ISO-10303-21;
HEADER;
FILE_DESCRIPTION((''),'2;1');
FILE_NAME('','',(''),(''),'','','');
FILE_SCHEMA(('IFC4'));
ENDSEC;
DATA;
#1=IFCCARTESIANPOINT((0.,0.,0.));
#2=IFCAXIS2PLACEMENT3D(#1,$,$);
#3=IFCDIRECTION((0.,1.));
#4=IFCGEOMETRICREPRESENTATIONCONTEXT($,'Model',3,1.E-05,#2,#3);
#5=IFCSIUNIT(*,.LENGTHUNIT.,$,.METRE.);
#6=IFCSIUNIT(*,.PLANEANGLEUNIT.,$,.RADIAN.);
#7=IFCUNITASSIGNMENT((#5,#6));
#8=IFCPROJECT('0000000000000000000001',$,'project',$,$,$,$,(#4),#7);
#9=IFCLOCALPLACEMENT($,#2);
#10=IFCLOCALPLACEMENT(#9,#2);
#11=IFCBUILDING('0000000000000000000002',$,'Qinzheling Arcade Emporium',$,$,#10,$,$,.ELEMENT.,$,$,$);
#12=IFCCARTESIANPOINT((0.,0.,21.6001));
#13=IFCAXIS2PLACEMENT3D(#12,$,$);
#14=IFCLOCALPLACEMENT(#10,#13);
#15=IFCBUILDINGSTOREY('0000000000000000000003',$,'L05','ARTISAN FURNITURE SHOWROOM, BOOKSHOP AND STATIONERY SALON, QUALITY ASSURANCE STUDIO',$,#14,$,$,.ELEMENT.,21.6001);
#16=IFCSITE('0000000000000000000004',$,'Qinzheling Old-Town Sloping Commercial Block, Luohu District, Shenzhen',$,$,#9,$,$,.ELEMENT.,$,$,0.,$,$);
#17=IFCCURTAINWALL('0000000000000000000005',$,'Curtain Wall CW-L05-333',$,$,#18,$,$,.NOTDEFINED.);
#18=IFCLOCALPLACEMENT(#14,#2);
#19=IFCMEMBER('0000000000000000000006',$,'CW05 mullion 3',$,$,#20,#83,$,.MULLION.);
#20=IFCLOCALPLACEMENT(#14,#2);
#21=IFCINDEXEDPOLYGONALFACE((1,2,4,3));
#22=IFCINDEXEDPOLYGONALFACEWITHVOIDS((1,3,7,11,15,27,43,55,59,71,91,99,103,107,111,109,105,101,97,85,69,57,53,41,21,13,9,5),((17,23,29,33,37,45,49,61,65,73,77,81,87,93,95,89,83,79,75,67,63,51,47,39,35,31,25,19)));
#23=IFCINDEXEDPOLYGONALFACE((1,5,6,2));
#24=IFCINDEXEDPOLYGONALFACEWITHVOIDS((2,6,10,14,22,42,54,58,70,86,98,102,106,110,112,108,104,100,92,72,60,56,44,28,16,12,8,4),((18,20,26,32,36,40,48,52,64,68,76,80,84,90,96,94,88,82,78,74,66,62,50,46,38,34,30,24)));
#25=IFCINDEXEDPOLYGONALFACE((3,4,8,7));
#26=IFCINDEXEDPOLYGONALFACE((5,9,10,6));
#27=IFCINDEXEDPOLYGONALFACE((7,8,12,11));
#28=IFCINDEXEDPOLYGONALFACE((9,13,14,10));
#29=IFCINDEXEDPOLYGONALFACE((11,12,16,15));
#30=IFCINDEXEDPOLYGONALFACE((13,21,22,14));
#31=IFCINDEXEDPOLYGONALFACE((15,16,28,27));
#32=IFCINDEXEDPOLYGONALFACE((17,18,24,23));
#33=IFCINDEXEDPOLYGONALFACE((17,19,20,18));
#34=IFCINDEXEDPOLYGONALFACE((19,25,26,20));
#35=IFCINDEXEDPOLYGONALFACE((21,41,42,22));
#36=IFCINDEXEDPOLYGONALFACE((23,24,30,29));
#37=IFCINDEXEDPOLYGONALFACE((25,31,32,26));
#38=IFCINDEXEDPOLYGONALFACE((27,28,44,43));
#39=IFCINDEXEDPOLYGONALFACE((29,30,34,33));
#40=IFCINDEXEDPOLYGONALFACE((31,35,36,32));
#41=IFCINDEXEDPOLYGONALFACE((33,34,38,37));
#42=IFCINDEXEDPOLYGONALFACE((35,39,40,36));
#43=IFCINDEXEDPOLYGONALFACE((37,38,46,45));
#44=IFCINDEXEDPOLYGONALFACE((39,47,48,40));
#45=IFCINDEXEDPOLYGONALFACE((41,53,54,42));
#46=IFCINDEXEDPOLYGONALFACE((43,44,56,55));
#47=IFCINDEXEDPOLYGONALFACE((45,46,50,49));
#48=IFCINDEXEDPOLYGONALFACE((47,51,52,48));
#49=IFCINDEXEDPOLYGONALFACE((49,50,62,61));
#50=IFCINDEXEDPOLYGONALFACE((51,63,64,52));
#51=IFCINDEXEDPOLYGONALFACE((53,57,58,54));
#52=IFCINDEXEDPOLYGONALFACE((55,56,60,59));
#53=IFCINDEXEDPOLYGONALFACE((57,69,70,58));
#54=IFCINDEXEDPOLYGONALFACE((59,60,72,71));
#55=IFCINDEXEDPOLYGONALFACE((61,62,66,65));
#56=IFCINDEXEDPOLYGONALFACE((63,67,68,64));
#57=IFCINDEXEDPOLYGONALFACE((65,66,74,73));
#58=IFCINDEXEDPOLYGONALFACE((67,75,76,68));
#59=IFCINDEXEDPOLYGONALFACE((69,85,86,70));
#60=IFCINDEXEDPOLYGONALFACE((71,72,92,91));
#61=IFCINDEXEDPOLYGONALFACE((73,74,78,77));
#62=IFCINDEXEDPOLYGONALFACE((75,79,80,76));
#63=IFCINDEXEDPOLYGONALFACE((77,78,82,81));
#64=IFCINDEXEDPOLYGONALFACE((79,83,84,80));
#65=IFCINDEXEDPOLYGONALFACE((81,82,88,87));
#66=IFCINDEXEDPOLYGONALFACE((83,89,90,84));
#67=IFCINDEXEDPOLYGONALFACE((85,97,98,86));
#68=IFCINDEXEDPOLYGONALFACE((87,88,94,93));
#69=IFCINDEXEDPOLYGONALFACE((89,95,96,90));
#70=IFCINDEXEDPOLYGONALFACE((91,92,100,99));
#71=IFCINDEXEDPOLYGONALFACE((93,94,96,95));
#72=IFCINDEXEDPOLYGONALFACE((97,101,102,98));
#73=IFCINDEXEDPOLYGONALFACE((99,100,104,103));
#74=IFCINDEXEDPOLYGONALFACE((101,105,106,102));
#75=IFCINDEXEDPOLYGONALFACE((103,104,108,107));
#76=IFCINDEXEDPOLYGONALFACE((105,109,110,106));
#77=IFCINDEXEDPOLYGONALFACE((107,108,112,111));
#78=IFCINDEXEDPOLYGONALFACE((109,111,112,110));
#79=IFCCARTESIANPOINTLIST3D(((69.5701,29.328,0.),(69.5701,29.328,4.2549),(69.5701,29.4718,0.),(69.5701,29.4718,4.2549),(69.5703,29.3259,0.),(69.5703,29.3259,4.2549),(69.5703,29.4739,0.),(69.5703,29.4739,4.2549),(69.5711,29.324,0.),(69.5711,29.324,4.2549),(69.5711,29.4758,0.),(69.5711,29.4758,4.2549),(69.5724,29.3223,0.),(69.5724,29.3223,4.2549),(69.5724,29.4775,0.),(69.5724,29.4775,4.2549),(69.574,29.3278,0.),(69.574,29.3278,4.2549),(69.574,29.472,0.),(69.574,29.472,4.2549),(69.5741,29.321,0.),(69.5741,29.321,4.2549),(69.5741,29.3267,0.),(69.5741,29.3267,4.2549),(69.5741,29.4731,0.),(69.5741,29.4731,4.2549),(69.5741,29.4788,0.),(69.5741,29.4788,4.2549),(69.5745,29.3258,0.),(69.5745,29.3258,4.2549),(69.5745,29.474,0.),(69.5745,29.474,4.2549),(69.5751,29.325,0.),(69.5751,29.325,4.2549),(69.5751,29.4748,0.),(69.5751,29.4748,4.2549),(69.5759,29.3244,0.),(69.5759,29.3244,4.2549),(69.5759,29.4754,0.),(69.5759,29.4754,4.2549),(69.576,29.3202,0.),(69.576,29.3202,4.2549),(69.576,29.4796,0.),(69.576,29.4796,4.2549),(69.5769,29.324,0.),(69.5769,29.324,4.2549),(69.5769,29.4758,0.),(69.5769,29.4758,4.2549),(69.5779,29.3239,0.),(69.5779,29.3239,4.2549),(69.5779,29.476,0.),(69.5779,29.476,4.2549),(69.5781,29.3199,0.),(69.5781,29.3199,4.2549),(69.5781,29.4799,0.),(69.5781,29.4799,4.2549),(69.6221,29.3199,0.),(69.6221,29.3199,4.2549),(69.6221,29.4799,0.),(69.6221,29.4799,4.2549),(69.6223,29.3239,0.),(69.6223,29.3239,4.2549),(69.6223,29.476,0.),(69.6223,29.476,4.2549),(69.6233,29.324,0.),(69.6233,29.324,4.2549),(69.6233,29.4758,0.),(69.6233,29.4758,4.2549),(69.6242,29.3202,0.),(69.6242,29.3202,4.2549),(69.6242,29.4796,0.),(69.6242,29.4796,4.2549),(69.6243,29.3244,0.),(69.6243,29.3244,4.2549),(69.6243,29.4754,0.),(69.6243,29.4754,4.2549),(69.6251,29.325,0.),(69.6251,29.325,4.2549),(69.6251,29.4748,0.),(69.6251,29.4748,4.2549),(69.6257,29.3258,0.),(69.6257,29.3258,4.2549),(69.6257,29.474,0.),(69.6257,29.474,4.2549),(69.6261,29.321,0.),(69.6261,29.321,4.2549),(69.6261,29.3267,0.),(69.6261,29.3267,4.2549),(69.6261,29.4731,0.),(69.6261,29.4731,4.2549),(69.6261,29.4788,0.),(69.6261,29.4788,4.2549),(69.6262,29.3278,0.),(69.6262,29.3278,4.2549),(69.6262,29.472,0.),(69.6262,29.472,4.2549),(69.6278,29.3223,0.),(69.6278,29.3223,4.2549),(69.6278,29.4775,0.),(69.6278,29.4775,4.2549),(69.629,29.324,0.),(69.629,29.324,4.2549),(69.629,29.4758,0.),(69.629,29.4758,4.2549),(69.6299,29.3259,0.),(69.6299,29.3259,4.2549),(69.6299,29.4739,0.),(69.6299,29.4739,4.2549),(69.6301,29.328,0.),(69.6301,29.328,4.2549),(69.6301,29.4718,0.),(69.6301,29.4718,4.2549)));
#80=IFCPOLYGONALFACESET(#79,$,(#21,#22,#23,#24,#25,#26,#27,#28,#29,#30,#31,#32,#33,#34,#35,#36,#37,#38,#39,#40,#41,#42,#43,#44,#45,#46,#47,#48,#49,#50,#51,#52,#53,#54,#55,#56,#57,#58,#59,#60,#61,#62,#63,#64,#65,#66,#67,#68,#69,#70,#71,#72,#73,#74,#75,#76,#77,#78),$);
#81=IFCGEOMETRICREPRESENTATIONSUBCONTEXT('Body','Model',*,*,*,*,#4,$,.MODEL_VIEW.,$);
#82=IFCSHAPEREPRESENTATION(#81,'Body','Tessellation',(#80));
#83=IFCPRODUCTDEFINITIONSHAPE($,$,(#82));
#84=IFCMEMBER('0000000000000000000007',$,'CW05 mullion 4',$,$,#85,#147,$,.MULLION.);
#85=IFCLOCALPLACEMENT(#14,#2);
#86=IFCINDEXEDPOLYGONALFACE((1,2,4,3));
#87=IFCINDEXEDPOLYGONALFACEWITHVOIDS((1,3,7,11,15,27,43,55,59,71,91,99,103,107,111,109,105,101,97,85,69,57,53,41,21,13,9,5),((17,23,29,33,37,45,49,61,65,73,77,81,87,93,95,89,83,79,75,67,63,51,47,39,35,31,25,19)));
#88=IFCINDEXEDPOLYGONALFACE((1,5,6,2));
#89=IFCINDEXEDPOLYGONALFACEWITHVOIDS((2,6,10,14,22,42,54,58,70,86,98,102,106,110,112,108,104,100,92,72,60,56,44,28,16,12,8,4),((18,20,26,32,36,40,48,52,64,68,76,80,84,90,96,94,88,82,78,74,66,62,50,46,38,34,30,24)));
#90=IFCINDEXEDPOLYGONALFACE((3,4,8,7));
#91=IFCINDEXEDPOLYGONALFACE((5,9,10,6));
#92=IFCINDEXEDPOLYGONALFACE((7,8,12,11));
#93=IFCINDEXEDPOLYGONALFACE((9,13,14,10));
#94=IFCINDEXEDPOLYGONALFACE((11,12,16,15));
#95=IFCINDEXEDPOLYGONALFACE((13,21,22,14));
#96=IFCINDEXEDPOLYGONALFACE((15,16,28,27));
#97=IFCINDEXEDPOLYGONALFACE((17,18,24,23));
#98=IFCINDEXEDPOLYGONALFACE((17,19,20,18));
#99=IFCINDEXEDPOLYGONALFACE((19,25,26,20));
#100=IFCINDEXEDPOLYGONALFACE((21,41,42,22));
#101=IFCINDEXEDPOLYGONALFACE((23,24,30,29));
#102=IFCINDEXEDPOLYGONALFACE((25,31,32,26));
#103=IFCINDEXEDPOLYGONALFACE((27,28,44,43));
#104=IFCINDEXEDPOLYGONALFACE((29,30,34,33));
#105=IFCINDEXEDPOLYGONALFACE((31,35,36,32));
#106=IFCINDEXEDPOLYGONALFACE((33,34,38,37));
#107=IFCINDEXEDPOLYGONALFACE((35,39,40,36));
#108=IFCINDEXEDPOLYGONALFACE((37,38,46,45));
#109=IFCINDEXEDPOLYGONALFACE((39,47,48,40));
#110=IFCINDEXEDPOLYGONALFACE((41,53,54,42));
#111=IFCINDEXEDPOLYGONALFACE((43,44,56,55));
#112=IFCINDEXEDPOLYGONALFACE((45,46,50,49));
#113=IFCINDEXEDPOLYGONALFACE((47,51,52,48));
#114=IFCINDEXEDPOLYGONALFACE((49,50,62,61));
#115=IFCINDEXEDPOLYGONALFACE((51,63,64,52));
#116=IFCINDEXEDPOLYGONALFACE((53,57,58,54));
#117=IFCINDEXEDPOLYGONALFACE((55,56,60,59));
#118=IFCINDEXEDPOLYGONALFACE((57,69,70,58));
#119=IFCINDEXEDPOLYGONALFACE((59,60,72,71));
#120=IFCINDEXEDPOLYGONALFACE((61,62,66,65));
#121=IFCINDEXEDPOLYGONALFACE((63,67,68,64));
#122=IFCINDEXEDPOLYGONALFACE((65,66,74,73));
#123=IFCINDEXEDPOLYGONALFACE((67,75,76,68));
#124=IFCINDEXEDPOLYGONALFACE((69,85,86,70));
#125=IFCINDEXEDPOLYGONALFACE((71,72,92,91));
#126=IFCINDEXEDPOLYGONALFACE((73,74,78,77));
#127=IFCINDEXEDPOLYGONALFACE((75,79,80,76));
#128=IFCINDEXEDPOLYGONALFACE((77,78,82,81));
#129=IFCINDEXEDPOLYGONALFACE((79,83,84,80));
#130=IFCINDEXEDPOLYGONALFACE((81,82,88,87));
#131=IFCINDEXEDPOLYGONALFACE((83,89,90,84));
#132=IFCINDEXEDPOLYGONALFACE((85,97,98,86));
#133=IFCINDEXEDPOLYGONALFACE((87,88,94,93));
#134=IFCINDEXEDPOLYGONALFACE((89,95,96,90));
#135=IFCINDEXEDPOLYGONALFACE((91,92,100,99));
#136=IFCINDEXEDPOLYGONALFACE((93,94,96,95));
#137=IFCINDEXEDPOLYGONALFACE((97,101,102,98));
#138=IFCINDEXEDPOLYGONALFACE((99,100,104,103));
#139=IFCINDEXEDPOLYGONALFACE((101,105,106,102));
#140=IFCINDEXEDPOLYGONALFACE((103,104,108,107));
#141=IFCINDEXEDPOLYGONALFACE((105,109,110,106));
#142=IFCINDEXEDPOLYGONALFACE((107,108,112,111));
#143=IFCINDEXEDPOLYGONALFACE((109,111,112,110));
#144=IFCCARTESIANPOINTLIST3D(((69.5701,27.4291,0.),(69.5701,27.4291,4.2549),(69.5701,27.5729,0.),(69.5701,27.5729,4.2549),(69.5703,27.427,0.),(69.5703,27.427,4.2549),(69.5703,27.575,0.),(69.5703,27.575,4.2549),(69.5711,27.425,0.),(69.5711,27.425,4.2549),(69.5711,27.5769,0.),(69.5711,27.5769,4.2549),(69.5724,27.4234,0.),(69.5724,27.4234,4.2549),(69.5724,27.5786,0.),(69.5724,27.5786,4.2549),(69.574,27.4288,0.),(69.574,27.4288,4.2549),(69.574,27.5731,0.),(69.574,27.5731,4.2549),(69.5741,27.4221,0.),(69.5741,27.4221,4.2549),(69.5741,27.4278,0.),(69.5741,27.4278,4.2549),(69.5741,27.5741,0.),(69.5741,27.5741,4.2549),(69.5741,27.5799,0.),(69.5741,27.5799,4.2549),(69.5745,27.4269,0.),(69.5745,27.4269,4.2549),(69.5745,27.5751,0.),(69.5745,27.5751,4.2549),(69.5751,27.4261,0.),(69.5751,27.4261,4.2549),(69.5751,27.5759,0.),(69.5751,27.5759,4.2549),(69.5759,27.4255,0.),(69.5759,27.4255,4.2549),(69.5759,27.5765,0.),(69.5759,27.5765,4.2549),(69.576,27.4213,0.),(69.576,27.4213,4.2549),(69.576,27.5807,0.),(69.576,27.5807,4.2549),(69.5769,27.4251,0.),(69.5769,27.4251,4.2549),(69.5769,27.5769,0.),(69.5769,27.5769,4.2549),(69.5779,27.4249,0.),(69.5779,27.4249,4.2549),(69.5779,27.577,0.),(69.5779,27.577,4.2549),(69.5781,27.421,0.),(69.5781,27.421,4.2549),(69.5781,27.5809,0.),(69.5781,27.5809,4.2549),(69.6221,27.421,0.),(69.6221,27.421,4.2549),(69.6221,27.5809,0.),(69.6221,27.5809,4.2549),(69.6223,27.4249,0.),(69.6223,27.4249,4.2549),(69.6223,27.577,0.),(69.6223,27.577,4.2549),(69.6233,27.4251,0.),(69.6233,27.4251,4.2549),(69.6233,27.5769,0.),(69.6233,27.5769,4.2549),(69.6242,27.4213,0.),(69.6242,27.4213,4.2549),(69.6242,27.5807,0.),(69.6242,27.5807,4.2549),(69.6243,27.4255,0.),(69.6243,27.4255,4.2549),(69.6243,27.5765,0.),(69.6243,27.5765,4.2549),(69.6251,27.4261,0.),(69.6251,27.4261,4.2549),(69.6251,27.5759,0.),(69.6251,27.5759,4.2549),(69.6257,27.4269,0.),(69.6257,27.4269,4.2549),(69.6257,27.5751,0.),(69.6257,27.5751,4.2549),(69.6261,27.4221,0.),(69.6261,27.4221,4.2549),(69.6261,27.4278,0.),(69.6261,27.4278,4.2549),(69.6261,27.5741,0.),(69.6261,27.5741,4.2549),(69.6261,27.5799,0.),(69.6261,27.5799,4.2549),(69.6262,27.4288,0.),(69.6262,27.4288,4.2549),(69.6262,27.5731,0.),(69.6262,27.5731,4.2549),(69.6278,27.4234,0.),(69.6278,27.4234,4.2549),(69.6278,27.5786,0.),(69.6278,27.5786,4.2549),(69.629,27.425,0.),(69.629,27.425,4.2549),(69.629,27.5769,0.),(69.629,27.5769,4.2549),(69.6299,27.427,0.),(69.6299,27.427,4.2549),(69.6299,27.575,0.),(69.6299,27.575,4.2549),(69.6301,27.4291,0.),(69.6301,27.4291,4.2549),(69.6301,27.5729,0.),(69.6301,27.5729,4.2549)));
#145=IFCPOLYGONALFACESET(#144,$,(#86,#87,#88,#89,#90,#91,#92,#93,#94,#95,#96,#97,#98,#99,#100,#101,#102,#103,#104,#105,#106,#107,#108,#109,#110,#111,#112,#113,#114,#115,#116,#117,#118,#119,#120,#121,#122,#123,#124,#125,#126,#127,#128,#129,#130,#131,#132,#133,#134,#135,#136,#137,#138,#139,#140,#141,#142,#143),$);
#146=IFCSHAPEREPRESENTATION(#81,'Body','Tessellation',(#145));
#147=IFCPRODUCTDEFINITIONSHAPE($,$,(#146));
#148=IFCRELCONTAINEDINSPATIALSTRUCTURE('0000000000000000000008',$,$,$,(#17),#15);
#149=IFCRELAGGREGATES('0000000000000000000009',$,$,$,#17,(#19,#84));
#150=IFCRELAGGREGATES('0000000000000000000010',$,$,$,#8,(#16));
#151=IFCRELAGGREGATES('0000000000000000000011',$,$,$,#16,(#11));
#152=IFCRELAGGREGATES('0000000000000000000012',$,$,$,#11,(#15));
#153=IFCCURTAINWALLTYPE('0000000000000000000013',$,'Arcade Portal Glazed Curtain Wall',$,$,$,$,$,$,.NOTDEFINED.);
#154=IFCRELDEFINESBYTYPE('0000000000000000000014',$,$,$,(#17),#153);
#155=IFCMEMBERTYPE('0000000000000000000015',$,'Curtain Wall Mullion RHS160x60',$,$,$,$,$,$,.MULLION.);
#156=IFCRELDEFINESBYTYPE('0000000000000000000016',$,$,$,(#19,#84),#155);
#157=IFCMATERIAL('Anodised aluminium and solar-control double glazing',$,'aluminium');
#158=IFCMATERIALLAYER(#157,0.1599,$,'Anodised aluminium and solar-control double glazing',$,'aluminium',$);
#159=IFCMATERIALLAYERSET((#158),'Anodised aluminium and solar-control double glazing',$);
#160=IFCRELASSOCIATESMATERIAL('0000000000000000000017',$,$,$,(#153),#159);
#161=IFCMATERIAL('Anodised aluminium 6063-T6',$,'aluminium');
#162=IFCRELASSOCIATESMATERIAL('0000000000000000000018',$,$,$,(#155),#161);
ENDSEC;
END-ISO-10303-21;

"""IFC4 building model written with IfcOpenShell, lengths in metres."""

from ifc_helpers import new_model, si_unit, direction, frame, origin, origin_2d, place, context, subcontext, project, spatial, hollow_rectangle, extrude, material, layer, layer_set, material_profile, profile_set, type_object, element, aggregate, save


model = new_model("IFC4")

# Units and contexts
model_context = context("Model", 3, precision=1e-05, world=origin(), true_north=direction((0.0, 1.0)))
body_context = subcontext(model_context, "Body", "Model", "MODEL_VIEW")
ifc_project = project(units=[si_unit("LENGTHUNIT", "METRE"), si_unit("PLANEANGLEUNIT", "RADIAN")], contexts=[model_context])

# Site, building, storey
site_placement = place(None, origin())
site = spatial("IfcSite", under=ifc_project, at=site_placement, Name="Qinzheling Old-Town Sloping Commercial Block, Luohu District, Shenzhen", CompositionType="ELEMENT", RefElevation=0.0)
building_placement = place(site_placement, origin())
building = spatial("IfcBuilding", under=site, at=building_placement, Name="Qinzheling Arcade Emporium", CompositionType="ELEMENT")
storey_placement = place(building_placement, frame((0.0, 0.0, 21.6001)))
storey = spatial("IfcBuildingStorey", under=building, at=storey_placement, Name="L05", Description="ARTISAN FURNITURE SHOWROOM, BOOKSHOP AND STATIONERY SALON, QUALITY ASSURANCE STUDIO", CompositionType="ELEMENT", Elevation=21.6001)

# Curtain wall, members
ifc_material_1 = material(Name="Anodised aluminium and solar-control double glazing", Category="aluminium")
ifc_layer_1 = layer(ifc_material_1, 0.1599, Name="Anodised aluminium and solar-control double glazing", Category="aluminium")
ifc_layer_set_1 = layer_set([ifc_layer_1], Name="Anodised aluminium and solar-control double glazing")
curtain_wall_type = type_object("IfcCurtainWallType", Name="Arcade Portal Glazed Curtain Wall", PredefinedType="NOTDEFINED", material=ifc_layer_set_1)
curtain_wall_placement = place(storey_placement, origin())
curtain_wall = element("IfcCurtainWall", 1, at=curtain_wall_placement, inside=storey, type_object=curtain_wall_type, Name="Curtain Wall CW-L05-333", PredefinedType="NOTDEFINED")
ifc_material_2 = material(Name="Anodised aluminium 6063-T6", Category="aluminium")
ifc_material_profile_1 = material_profile(ifc_material_2, hollow_rectangle(XDim=0.0601, YDim=0.1599, WallThickness=0.0039, InnerFilletRadius=0.0039, OuterFilletRadius=0.0081, at=origin_2d()), Name="RHS 160x60x4", Category="aluminium")
ifc_profile_set_1 = profile_set([ifc_material_profile_1], Name="Anodised aluminium 6063-T6")
member_type_1 = type_object("IfcMemberType", Name="Curtain Wall Mullion RHS160x60", PredefinedType="MULLION", material=ifc_profile_set_1)
member_1_placement = place(storey_placement, frame((69.6001, 29.3999, 0.0), z_axis=(0.0, 0.0, 1.0), x_axis=(1.0, 0.0, 0.0)))
member_1 = element("IfcMember", 2, at=member_1_placement, type_object=member_type_1, Name="CW05 mullion 3", PredefinedType="MULLION", context=body_context, shape_type="SweptSolid", body=[
    extrude(hollow_rectangle(XDim=0.0601, YDim=0.1599, WallThickness=0.0039, InnerFilletRadius=0.0039, OuterFilletRadius=0.0081, at=origin_2d()), origin(), (0.0, 0.0, 1.0), 4.2549),
])
member_2_placement = place(storey_placement, frame((69.6001, 27.501, 0.0), z_axis=(0.0, 0.0, 1.0), x_axis=(1.0, 0.0, 0.0)))
member_2 = element("IfcMember", 3, at=member_2_placement, type_object=member_type_1, Name="CW05 mullion 4", PredefinedType="MULLION", context=body_context, shape_type="SweptSolid", body=[
    extrude(hollow_rectangle(XDim=0.0601, YDim=0.1599, WallThickness=0.0039, InnerFilletRadius=0.0039, OuterFilletRadius=0.0081, at=origin_2d()), origin(), (0.0, 0.0, 1.0), 4.2549),
])

aggregate(curtain_wall, [member_1, member_2])

save(model, "model.ifc")
